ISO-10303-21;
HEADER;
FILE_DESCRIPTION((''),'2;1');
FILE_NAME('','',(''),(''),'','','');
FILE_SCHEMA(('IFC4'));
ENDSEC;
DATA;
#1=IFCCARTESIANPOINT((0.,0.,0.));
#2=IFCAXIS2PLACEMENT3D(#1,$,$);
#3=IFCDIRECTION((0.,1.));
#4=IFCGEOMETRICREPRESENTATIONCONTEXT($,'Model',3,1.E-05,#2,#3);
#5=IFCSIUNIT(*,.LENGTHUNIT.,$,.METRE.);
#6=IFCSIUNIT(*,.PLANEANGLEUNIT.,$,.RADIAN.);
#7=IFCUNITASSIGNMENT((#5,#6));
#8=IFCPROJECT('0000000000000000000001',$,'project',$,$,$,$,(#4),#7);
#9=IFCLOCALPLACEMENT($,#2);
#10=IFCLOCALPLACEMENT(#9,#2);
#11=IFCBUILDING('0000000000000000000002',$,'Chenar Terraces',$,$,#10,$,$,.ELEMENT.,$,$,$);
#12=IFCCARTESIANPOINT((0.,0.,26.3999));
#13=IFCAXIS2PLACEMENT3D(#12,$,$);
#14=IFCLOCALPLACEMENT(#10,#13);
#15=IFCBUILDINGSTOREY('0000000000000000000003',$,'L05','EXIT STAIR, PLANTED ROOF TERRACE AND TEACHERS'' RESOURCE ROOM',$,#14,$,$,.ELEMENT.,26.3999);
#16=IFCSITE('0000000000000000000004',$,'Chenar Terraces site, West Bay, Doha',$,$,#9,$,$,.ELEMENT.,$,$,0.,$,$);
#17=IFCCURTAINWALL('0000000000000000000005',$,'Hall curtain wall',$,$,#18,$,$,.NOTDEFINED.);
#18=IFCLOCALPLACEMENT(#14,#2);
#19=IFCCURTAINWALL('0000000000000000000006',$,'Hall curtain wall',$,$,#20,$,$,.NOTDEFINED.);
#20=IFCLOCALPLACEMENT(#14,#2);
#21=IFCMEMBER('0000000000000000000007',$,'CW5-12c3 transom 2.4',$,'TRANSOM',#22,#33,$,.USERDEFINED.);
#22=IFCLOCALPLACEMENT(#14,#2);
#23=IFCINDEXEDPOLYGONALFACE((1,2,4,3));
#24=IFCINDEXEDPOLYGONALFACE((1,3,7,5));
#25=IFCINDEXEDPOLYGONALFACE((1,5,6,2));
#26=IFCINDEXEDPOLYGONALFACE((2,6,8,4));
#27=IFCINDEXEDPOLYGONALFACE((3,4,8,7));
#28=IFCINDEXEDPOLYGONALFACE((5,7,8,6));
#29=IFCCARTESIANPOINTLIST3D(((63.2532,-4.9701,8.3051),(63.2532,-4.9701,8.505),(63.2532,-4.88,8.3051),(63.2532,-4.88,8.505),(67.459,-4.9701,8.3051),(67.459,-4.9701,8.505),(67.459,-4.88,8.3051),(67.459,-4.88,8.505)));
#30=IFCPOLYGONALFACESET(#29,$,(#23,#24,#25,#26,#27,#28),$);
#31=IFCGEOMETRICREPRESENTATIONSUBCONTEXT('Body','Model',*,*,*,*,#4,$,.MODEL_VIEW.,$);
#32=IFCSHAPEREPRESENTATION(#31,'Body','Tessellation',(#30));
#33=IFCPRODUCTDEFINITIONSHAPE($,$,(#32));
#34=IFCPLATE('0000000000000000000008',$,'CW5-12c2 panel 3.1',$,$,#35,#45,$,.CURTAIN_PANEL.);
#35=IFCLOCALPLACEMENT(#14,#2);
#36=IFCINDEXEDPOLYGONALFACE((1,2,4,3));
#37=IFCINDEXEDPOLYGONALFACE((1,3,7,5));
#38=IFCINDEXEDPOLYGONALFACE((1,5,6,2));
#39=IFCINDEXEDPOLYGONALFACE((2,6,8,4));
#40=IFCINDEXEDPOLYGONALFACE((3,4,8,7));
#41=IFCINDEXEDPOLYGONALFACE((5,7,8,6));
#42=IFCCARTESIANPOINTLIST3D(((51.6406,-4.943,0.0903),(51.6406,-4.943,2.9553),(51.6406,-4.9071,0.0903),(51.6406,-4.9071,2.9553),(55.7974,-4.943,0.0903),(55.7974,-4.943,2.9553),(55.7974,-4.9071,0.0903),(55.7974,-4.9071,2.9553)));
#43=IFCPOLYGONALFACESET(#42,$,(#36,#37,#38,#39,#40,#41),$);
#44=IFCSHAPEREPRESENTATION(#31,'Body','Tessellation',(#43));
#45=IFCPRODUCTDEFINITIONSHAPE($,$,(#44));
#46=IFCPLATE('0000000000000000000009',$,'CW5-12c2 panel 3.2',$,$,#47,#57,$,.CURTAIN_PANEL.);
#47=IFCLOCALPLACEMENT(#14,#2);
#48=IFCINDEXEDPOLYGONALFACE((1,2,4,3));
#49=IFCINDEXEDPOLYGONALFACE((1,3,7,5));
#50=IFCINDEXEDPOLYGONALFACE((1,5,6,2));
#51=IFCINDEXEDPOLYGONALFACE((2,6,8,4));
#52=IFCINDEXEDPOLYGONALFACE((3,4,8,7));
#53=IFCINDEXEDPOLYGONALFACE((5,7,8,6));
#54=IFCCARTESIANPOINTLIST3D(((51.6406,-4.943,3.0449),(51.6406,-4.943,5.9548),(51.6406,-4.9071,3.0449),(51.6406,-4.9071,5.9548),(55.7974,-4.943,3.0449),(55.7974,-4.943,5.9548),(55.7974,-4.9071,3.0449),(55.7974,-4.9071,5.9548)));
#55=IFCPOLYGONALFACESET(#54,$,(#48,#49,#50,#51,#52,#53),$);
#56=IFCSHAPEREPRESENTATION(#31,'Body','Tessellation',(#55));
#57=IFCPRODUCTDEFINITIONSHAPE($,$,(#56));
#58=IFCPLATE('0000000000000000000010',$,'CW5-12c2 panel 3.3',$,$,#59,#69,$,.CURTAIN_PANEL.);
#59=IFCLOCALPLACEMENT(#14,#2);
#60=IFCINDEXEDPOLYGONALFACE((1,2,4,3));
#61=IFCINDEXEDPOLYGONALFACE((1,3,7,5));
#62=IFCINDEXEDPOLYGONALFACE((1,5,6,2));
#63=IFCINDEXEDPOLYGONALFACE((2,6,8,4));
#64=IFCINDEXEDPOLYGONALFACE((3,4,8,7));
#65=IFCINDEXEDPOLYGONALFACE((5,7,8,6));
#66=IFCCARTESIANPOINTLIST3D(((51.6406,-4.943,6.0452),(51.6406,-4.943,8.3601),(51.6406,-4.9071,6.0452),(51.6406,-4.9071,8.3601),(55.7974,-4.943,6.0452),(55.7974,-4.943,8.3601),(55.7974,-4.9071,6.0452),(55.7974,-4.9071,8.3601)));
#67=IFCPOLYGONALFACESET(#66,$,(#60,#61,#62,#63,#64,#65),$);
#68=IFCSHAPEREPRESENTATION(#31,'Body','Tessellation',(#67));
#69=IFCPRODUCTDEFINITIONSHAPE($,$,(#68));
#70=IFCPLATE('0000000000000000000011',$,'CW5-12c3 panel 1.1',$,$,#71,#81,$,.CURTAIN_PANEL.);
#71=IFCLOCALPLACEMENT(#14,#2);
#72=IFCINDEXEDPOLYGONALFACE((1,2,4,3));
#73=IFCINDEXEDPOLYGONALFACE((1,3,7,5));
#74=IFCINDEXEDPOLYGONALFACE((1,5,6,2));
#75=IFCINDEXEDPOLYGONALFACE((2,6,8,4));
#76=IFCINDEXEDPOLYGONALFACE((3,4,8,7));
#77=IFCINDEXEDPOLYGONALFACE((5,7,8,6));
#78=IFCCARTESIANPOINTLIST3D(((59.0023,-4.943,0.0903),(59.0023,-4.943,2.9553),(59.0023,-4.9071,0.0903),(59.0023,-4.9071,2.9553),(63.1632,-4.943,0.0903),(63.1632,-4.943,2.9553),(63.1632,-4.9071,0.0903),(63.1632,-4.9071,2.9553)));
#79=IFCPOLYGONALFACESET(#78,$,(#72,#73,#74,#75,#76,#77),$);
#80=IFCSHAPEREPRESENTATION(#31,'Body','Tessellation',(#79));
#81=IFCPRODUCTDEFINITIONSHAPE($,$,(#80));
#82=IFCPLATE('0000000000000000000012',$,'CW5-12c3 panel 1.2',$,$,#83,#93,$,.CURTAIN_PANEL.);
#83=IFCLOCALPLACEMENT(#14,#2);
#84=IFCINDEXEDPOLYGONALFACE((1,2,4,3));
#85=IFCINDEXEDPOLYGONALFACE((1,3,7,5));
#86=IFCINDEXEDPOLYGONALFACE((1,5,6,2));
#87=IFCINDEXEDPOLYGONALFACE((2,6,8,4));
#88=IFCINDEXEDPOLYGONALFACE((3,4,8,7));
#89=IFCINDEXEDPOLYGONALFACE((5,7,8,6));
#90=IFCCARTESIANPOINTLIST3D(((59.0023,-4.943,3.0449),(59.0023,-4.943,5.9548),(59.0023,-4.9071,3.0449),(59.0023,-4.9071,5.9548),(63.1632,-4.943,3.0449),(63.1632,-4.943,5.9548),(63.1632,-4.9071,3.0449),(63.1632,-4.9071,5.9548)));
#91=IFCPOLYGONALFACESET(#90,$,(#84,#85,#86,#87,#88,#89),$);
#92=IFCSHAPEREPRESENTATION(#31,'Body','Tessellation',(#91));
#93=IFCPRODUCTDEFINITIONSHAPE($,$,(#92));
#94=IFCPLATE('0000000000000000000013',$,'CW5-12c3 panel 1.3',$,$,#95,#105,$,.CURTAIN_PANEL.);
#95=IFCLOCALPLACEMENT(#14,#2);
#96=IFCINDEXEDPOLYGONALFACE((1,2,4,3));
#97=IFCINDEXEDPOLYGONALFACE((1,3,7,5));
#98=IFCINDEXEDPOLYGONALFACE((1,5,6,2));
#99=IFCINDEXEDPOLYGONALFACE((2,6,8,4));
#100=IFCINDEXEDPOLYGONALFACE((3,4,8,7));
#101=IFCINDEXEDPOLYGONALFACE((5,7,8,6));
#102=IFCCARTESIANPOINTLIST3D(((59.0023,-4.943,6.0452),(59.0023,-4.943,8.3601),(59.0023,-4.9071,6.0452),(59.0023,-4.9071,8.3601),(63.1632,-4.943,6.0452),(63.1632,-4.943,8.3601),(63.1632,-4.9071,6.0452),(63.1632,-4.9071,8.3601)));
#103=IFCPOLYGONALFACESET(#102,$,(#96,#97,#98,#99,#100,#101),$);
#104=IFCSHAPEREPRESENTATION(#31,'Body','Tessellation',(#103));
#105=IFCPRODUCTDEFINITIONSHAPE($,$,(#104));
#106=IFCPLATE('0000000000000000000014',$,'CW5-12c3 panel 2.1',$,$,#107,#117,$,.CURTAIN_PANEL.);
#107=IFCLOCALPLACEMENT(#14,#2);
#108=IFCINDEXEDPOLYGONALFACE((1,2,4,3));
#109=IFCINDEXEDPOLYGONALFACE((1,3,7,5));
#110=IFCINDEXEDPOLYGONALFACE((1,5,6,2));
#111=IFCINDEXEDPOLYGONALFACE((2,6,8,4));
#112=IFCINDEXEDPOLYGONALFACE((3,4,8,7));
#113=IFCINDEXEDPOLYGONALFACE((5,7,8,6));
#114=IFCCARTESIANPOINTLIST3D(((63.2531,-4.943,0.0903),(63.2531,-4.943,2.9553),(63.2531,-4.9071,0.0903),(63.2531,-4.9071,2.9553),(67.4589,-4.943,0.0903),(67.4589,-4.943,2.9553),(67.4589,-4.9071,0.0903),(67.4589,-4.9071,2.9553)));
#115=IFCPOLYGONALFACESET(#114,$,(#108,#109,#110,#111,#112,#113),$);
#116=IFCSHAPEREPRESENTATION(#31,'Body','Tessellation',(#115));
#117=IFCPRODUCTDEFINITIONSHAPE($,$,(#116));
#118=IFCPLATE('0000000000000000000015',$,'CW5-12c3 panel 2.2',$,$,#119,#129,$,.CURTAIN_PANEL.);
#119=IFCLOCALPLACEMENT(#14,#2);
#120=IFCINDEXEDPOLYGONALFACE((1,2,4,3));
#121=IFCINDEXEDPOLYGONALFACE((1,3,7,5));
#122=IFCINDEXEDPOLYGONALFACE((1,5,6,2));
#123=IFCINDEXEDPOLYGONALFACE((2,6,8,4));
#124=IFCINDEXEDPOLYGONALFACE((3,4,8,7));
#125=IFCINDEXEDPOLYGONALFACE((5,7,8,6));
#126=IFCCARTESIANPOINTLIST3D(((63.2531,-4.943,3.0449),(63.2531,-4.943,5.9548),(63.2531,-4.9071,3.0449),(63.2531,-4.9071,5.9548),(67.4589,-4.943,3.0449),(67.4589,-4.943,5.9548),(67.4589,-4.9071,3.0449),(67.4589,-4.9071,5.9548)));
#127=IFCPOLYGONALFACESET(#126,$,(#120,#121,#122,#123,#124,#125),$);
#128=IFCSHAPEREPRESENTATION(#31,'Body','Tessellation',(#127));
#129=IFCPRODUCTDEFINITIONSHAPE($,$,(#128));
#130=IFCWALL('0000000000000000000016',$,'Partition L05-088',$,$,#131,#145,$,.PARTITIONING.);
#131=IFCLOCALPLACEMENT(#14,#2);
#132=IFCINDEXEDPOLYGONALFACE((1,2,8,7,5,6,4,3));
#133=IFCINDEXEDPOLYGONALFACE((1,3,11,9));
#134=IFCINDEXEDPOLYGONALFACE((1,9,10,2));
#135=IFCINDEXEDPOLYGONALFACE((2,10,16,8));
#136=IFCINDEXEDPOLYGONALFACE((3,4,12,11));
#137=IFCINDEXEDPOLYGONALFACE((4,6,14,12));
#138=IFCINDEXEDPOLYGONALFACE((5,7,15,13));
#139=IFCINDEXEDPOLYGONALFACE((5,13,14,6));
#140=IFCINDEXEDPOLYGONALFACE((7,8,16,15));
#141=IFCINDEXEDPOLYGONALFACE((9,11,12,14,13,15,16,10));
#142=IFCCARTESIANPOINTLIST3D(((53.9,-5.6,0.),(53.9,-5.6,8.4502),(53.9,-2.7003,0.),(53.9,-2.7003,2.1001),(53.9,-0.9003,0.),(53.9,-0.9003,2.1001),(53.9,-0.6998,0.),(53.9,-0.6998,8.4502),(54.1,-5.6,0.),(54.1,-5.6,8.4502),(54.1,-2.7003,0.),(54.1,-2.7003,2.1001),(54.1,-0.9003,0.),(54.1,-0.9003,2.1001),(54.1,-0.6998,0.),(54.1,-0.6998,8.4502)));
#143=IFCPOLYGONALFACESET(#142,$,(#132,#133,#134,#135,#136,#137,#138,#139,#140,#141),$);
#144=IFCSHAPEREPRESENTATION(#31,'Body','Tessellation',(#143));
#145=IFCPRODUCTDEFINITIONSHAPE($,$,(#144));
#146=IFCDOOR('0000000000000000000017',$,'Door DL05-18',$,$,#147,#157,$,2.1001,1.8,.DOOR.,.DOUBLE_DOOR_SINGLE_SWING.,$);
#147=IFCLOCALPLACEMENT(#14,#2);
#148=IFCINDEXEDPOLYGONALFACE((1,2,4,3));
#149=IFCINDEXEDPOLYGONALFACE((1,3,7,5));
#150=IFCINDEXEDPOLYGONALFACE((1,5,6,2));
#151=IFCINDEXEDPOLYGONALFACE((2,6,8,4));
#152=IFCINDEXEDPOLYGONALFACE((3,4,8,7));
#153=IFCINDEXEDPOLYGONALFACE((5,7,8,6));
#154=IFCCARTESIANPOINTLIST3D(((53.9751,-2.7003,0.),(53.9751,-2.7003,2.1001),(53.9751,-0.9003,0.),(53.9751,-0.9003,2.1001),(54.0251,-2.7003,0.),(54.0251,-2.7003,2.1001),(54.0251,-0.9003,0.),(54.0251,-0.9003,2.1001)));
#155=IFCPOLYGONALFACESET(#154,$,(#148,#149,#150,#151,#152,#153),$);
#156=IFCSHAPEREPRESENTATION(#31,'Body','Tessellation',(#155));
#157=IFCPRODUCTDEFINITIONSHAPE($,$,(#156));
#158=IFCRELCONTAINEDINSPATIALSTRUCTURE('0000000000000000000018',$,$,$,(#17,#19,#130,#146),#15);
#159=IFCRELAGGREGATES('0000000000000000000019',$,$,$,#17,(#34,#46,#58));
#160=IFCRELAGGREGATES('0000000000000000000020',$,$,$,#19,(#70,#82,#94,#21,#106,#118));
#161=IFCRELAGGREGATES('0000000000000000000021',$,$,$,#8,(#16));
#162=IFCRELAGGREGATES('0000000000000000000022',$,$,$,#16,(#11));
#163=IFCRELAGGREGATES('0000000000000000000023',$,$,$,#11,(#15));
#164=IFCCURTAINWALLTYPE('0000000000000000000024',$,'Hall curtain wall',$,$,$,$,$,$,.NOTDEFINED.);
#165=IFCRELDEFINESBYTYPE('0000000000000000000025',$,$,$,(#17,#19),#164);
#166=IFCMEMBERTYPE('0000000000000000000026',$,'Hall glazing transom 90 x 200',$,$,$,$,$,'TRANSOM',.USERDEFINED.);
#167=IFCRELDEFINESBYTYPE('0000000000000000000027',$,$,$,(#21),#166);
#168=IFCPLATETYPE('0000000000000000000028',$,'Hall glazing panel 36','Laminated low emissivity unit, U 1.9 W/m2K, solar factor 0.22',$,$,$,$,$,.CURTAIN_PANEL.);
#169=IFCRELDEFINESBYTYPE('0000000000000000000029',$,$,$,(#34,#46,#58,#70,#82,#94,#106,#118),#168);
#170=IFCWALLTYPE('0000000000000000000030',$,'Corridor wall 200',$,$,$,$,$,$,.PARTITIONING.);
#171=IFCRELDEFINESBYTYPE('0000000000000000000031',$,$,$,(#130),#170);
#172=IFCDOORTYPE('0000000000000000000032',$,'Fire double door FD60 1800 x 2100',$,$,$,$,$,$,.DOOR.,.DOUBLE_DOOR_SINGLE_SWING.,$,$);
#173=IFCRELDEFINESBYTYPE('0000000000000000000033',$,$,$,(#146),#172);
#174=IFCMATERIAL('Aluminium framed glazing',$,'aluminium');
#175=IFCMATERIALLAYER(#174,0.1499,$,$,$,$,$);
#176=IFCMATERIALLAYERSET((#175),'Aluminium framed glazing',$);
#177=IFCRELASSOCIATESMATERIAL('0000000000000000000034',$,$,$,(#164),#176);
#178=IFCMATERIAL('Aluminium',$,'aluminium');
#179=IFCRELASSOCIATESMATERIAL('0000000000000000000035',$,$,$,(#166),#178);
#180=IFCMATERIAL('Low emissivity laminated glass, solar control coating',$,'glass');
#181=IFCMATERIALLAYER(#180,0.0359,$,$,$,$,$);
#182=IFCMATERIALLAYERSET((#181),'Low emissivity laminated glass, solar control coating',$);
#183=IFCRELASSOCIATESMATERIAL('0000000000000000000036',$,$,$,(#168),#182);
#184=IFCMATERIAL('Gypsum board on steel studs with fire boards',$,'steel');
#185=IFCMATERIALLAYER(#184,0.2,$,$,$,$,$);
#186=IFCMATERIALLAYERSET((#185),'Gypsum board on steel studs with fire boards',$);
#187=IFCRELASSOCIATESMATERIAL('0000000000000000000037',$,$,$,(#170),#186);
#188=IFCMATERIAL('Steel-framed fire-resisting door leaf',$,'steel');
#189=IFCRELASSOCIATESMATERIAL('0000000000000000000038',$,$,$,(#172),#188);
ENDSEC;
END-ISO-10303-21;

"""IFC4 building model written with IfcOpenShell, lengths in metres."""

from ifc_helpers import new_model, si_unit, direction, frame, frame_2d, origin, origin_2d, place, context, subcontext, project, spatial, rectangle, extrude, material, layer, layer_set, material_profile, profile_set, type_object, element, fill, aggregate, save


model = new_model("IFC4")

# Units and contexts
model_context = context("Model", 3, precision=1e-05, world=origin(), true_north=direction((0.0, 1.0)))
body_context = subcontext(model_context, "Body", "Model", "MODEL_VIEW")
ifc_project = project(units=[si_unit("LENGTHUNIT", "METRE"), si_unit("PLANEANGLEUNIT", "RADIAN")], contexts=[model_context])

# Site, building, storey
site_placement = place(None, origin())
site = spatial("IfcSite", under=ifc_project, at=site_placement, Name="Chenar Terraces site, West Bay, Doha", CompositionType="ELEMENT", RefElevation=0.0)
building_placement = place(site_placement, origin())
building = spatial("IfcBuilding", under=site, at=building_placement, Name="Chenar Terraces", CompositionType="ELEMENT")
storey_placement = place(building_placement, frame((0.0, 0.0, 26.3999)))
storey = spatial("IfcBuildingStorey", under=building, at=storey_placement, Name="L05", Description="EXIT STAIR, PLANTED ROOF TERRACE AND TEACHERS' RESOURCE ROOM", CompositionType="ELEMENT", Elevation=26.3999)

# Curtain walls
ifc_material_1 = material(Name="Aluminium framed glazing", Category="aluminium")
ifc_layer_1 = layer(ifc_material_1, 0.1499)
ifc_layer_set_1 = layer_set([ifc_layer_1], Name="Aluminium framed glazing")
curtain_wall_type = type_object("IfcCurtainWallType", Name="Hall curtain wall", PredefinedType="NOTDEFINED", material=ifc_layer_set_1)
placement = place(storey_placement, origin())
curtain_wall_1 = element("IfcCurtainWall", 1, at=placement, inside=storey, type_object=curtain_wall_type, Name="Hall curtain wall", PredefinedType="NOTDEFINED")
curtain_wall_2 = element("IfcCurtainWall", 2, at=placement, inside=storey, type_object=curtain_wall_type, Name="Hall curtain wall", PredefinedType="NOTDEFINED")

# Member
ifc_material_2 = material(Name="Aluminium", Category="aluminium")
ifc_material_profile_1 = material_profile(ifc_material_2, rectangle(XDim=0.0901, YDim=0.2, at=origin_2d()), Name="Hall glazing transom 90 x 200")
ifc_profile_set_1 = profile_set([ifc_material_profile_1], Name="Aluminium")
member_type_1 = type_object("IfcMemberType", Name="Hall glazing transom 90 x 200", ElementType="TRANSOM", PredefinedType="USERDEFINED", material=ifc_profile_set_1)
member_1_placement = place(storey_placement, frame((63.2532, -4.925, 8.405), z_axis=(1.0, 0.0, 0.0), x_axis=(0.0, 1.0, 0.0)))
member_1 = element("IfcMember", 3, at=member_1_placement, type_object=member_type_1, Name="CW5-12c3 transom 2.4", ObjectType="TRANSOM", PredefinedType="USERDEFINED", context=body_context, shape_type="SweptSolid", body=[
    extrude(rectangle(XDim=0.0901, YDim=0.2, at=origin_2d()), origin(), (0.0, 0.0, 1.0), 4.2058),
])

# Plates
ifc_material_3 = material(Name="Low emissivity laminated glass, solar control coating", Category="glass")
ifc_layer_2 = layer(ifc_material_3, 0.0359)
ifc_layer_set_2 = layer_set([ifc_layer_2], Name="Low emissivity laminated glass, solar control coating")
plate_type = type_object("IfcPlateType", Name="Hall glazing panel 36", Description="Laminated low emissivity unit, U 1.9 W/m2K, solar factor 0.22", PredefinedType="CURTAIN_PANEL", material=ifc_layer_set_2)
plate_1_placement = place(storey_placement, frame((53.719, -4.925, 0.0903), z_axis=(0.0, 0.0, 1.0), x_axis=(1.0, 0.0, 0.0)))
plate_1 = element("IfcPlate", 4, at=plate_1_placement, type_object=plate_type, Name="CW5-12c2 panel 3.1", PredefinedType="CURTAIN_PANEL", context=body_context, shape_type="SweptSolid", body=[
    extrude(rectangle(XDim=4.1567, YDim=0.0359, at=origin_2d()), origin(), (0.0, 0.0, 1.0), 2.865),
])
plate_2_placement = place(storey_placement, frame((53.719, -4.925, 3.0449), z_axis=(0.0, 0.0, 1.0), x_axis=(1.0, 0.0, 0.0)))
plate_2 = element("IfcPlate", 5, at=plate_2_placement, type_object=plate_type, Name="CW5-12c2 panel 3.2", PredefinedType="CURTAIN_PANEL", context=body_context, shape_type="SweptSolid", body=[
    extrude(rectangle(XDim=4.1567, YDim=0.0359, at=origin_2d()), origin(), (0.0, 0.0, 1.0), 2.9099),
])
plate_3_placement = place(storey_placement, frame((53.719, -4.925, 6.0452), z_axis=(0.0, 0.0, 1.0), x_axis=(1.0, 0.0, 0.0)))
plate_3 = element("IfcPlate", 6, at=plate_3_placement, type_object=plate_type, Name="CW5-12c2 panel 3.3", PredefinedType="CURTAIN_PANEL", context=body_context, shape_type="SweptSolid", body=[
    extrude(rectangle(XDim=4.1567, YDim=0.0359, at=origin_2d()), origin(), (0.0, 0.0, 1.0), 2.3149),
])
aggregate(curtain_wall_1, [plate_1, plate_2, plate_3])
plate_4_placement = place(storey_placement, frame((61.0828, -4.925, 0.0903), z_axis=(0.0, 0.0, 1.0), x_axis=(1.0, 0.0, 0.0)))
plate_4 = element("IfcPlate", 7, at=plate_4_placement, type_object=plate_type, Name="CW5-12c3 panel 1.1", PredefinedType="CURTAIN_PANEL", context=body_context, shape_type="SweptSolid", body=[
    extrude(rectangle(XDim=4.1609, YDim=0.0359, at=origin_2d()), origin(), (0.0, 0.0, 1.0), 2.865),
])
plate_5_placement = place(storey_placement, frame((61.0828, -4.925, 3.0449), z_axis=(0.0, 0.0, 1.0), x_axis=(1.0, 0.0, 0.0)))
plate_5 = element("IfcPlate", 8, at=plate_5_placement, type_object=plate_type, Name="CW5-12c3 panel 1.2", PredefinedType="CURTAIN_PANEL", context=body_context, shape_type="SweptSolid", body=[
    extrude(rectangle(XDim=4.1609, YDim=0.0359, at=origin_2d()), origin(), (0.0, 0.0, 1.0), 2.9099),
])
plate_6_placement = place(storey_placement, frame((61.0828, -4.925, 6.0452), z_axis=(0.0, 0.0, 1.0), x_axis=(1.0, 0.0, 0.0)))
plate_6 = element("IfcPlate", 9, at=plate_6_placement, type_object=plate_type, Name="CW5-12c3 panel 1.3", PredefinedType="CURTAIN_PANEL", context=body_context, shape_type="SweptSolid", body=[
    extrude(rectangle(XDim=4.1609, YDim=0.0359, at=origin_2d()), origin(), (0.0, 0.0, 1.0), 2.3149),
])
plate_7_placement = place(storey_placement, frame((65.356, -4.925, 0.0903), z_axis=(0.0, 0.0, 1.0), x_axis=(1.0, 0.0, 0.0)))
plate_7 = element("IfcPlate", 10, at=plate_7_placement, type_object=plate_type, Name="CW5-12c3 panel 2.1", PredefinedType="CURTAIN_PANEL", context=body_context, shape_type="SweptSolid", body=[
    extrude(rectangle(XDim=4.2058, YDim=0.0359, at=origin_2d()), origin(), (0.0, 0.0, 1.0), 2.865),
])
plate_8_placement = place(storey_placement, frame((65.356, -4.925, 3.0449), z_axis=(0.0, 0.0, 1.0), x_axis=(1.0, 0.0, 0.0)))
plate_8 = element("IfcPlate", 11, at=plate_8_placement, type_object=plate_type, Name="CW5-12c3 panel 2.2", PredefinedType="CURTAIN_PANEL", context=body_context, shape_type="SweptSolid", body=[
    extrude(rectangle(XDim=4.2058, YDim=0.0359, at=origin_2d()), origin(), (0.0, 0.0, 1.0), 2.9099),
])
aggregate(curtain_wall_2, [plate_4, plate_5, plate_6, member_1, plate_7, plate_8])

# Wall, opening, door
ifc_material_4 = material(Name="Gypsum board on steel studs with fire boards", Category="steel")
ifc_layer_3 = layer(ifc_material_4, 0.2)
ifc_layer_set_3 = layer_set([ifc_layer_3], Name="Gypsum board on steel studs with fire boards")
wall_type_1 = type_object("IfcWallType", Name="Corridor wall 200", PredefinedType="PARTITIONING", material=ifc_layer_set_3)
wall_1_placement = place(storey_placement, frame((54.0, -5.6001, 0.0), z_axis=(0.0, 0.0, 1.0), x_axis=(0.0, 1.0, 0.0)))
wall_1 = element("IfcWall", 12, at=wall_1_placement, inside=storey, type_object=wall_type_1, Name="Partition L05-088", PredefinedType="PARTITIONING", context=body_context, shape_type="SweptSolid", body=[
    extrude(rectangle(XDim=4.9001, YDim=0.2, at=frame_2d((2.4502, 0.0))), origin(), (0.0, 0.0, 1.0), 8.4502),
])
opening_1_placement = place(wall_1_placement, frame((2.8999, 0.0, 0.0)))
opening_1 = element("IfcOpeningElement", 13, at=opening_1_placement, cuts=wall_1, PredefinedType="OPENING", context=body_context, shape_type="SweptSolid", body=[
    extrude(rectangle(XDim=1.8, YDim=2.1001, at=frame_2d((0.8999, 1.05))), frame((0.0, 0.1099, 0.0), z_axis=(0.0, -1.0, 0.0), x_axis=(1.0, 0.0, 0.0)), (0.0, 0.0, 1.0), 0.22),
])
ifc_material_5 = material(Name="Steel-framed fire-resisting door leaf", Category="steel")
door_type_1 = type_object("IfcDoorType", Name="Fire double door FD60 1800 x 2100", OperationType="DOUBLE_DOOR_SINGLE_SWING", PredefinedType="DOOR", material=ifc_material_5)
door_1_placement = place(opening_1_placement, origin())
door_1 = element("IfcDoor", 14, at=door_1_placement, inside=storey, type_object=door_type_1, Name="Door DL05-18", OperationType="DOUBLE_DOOR_SINGLE_SWING", OverallHeight=2.1001, OverallWidth=1.8, PredefinedType="DOOR", context=body_context, shape_type="SweptSolid", body=[
    extrude(rectangle(XDim=1.8, YDim=2.1001, at=frame_2d((0.8999, 1.05))), frame((0.0, 0.0249, 0.0), z_axis=(0.0, -1.0, 0.0), x_axis=(1.0, 0.0, 0.0)), (0.0, 0.0, 1.0), 0.05),
])
fill(opening_1, door_1)

save(model, "model.ifc")
